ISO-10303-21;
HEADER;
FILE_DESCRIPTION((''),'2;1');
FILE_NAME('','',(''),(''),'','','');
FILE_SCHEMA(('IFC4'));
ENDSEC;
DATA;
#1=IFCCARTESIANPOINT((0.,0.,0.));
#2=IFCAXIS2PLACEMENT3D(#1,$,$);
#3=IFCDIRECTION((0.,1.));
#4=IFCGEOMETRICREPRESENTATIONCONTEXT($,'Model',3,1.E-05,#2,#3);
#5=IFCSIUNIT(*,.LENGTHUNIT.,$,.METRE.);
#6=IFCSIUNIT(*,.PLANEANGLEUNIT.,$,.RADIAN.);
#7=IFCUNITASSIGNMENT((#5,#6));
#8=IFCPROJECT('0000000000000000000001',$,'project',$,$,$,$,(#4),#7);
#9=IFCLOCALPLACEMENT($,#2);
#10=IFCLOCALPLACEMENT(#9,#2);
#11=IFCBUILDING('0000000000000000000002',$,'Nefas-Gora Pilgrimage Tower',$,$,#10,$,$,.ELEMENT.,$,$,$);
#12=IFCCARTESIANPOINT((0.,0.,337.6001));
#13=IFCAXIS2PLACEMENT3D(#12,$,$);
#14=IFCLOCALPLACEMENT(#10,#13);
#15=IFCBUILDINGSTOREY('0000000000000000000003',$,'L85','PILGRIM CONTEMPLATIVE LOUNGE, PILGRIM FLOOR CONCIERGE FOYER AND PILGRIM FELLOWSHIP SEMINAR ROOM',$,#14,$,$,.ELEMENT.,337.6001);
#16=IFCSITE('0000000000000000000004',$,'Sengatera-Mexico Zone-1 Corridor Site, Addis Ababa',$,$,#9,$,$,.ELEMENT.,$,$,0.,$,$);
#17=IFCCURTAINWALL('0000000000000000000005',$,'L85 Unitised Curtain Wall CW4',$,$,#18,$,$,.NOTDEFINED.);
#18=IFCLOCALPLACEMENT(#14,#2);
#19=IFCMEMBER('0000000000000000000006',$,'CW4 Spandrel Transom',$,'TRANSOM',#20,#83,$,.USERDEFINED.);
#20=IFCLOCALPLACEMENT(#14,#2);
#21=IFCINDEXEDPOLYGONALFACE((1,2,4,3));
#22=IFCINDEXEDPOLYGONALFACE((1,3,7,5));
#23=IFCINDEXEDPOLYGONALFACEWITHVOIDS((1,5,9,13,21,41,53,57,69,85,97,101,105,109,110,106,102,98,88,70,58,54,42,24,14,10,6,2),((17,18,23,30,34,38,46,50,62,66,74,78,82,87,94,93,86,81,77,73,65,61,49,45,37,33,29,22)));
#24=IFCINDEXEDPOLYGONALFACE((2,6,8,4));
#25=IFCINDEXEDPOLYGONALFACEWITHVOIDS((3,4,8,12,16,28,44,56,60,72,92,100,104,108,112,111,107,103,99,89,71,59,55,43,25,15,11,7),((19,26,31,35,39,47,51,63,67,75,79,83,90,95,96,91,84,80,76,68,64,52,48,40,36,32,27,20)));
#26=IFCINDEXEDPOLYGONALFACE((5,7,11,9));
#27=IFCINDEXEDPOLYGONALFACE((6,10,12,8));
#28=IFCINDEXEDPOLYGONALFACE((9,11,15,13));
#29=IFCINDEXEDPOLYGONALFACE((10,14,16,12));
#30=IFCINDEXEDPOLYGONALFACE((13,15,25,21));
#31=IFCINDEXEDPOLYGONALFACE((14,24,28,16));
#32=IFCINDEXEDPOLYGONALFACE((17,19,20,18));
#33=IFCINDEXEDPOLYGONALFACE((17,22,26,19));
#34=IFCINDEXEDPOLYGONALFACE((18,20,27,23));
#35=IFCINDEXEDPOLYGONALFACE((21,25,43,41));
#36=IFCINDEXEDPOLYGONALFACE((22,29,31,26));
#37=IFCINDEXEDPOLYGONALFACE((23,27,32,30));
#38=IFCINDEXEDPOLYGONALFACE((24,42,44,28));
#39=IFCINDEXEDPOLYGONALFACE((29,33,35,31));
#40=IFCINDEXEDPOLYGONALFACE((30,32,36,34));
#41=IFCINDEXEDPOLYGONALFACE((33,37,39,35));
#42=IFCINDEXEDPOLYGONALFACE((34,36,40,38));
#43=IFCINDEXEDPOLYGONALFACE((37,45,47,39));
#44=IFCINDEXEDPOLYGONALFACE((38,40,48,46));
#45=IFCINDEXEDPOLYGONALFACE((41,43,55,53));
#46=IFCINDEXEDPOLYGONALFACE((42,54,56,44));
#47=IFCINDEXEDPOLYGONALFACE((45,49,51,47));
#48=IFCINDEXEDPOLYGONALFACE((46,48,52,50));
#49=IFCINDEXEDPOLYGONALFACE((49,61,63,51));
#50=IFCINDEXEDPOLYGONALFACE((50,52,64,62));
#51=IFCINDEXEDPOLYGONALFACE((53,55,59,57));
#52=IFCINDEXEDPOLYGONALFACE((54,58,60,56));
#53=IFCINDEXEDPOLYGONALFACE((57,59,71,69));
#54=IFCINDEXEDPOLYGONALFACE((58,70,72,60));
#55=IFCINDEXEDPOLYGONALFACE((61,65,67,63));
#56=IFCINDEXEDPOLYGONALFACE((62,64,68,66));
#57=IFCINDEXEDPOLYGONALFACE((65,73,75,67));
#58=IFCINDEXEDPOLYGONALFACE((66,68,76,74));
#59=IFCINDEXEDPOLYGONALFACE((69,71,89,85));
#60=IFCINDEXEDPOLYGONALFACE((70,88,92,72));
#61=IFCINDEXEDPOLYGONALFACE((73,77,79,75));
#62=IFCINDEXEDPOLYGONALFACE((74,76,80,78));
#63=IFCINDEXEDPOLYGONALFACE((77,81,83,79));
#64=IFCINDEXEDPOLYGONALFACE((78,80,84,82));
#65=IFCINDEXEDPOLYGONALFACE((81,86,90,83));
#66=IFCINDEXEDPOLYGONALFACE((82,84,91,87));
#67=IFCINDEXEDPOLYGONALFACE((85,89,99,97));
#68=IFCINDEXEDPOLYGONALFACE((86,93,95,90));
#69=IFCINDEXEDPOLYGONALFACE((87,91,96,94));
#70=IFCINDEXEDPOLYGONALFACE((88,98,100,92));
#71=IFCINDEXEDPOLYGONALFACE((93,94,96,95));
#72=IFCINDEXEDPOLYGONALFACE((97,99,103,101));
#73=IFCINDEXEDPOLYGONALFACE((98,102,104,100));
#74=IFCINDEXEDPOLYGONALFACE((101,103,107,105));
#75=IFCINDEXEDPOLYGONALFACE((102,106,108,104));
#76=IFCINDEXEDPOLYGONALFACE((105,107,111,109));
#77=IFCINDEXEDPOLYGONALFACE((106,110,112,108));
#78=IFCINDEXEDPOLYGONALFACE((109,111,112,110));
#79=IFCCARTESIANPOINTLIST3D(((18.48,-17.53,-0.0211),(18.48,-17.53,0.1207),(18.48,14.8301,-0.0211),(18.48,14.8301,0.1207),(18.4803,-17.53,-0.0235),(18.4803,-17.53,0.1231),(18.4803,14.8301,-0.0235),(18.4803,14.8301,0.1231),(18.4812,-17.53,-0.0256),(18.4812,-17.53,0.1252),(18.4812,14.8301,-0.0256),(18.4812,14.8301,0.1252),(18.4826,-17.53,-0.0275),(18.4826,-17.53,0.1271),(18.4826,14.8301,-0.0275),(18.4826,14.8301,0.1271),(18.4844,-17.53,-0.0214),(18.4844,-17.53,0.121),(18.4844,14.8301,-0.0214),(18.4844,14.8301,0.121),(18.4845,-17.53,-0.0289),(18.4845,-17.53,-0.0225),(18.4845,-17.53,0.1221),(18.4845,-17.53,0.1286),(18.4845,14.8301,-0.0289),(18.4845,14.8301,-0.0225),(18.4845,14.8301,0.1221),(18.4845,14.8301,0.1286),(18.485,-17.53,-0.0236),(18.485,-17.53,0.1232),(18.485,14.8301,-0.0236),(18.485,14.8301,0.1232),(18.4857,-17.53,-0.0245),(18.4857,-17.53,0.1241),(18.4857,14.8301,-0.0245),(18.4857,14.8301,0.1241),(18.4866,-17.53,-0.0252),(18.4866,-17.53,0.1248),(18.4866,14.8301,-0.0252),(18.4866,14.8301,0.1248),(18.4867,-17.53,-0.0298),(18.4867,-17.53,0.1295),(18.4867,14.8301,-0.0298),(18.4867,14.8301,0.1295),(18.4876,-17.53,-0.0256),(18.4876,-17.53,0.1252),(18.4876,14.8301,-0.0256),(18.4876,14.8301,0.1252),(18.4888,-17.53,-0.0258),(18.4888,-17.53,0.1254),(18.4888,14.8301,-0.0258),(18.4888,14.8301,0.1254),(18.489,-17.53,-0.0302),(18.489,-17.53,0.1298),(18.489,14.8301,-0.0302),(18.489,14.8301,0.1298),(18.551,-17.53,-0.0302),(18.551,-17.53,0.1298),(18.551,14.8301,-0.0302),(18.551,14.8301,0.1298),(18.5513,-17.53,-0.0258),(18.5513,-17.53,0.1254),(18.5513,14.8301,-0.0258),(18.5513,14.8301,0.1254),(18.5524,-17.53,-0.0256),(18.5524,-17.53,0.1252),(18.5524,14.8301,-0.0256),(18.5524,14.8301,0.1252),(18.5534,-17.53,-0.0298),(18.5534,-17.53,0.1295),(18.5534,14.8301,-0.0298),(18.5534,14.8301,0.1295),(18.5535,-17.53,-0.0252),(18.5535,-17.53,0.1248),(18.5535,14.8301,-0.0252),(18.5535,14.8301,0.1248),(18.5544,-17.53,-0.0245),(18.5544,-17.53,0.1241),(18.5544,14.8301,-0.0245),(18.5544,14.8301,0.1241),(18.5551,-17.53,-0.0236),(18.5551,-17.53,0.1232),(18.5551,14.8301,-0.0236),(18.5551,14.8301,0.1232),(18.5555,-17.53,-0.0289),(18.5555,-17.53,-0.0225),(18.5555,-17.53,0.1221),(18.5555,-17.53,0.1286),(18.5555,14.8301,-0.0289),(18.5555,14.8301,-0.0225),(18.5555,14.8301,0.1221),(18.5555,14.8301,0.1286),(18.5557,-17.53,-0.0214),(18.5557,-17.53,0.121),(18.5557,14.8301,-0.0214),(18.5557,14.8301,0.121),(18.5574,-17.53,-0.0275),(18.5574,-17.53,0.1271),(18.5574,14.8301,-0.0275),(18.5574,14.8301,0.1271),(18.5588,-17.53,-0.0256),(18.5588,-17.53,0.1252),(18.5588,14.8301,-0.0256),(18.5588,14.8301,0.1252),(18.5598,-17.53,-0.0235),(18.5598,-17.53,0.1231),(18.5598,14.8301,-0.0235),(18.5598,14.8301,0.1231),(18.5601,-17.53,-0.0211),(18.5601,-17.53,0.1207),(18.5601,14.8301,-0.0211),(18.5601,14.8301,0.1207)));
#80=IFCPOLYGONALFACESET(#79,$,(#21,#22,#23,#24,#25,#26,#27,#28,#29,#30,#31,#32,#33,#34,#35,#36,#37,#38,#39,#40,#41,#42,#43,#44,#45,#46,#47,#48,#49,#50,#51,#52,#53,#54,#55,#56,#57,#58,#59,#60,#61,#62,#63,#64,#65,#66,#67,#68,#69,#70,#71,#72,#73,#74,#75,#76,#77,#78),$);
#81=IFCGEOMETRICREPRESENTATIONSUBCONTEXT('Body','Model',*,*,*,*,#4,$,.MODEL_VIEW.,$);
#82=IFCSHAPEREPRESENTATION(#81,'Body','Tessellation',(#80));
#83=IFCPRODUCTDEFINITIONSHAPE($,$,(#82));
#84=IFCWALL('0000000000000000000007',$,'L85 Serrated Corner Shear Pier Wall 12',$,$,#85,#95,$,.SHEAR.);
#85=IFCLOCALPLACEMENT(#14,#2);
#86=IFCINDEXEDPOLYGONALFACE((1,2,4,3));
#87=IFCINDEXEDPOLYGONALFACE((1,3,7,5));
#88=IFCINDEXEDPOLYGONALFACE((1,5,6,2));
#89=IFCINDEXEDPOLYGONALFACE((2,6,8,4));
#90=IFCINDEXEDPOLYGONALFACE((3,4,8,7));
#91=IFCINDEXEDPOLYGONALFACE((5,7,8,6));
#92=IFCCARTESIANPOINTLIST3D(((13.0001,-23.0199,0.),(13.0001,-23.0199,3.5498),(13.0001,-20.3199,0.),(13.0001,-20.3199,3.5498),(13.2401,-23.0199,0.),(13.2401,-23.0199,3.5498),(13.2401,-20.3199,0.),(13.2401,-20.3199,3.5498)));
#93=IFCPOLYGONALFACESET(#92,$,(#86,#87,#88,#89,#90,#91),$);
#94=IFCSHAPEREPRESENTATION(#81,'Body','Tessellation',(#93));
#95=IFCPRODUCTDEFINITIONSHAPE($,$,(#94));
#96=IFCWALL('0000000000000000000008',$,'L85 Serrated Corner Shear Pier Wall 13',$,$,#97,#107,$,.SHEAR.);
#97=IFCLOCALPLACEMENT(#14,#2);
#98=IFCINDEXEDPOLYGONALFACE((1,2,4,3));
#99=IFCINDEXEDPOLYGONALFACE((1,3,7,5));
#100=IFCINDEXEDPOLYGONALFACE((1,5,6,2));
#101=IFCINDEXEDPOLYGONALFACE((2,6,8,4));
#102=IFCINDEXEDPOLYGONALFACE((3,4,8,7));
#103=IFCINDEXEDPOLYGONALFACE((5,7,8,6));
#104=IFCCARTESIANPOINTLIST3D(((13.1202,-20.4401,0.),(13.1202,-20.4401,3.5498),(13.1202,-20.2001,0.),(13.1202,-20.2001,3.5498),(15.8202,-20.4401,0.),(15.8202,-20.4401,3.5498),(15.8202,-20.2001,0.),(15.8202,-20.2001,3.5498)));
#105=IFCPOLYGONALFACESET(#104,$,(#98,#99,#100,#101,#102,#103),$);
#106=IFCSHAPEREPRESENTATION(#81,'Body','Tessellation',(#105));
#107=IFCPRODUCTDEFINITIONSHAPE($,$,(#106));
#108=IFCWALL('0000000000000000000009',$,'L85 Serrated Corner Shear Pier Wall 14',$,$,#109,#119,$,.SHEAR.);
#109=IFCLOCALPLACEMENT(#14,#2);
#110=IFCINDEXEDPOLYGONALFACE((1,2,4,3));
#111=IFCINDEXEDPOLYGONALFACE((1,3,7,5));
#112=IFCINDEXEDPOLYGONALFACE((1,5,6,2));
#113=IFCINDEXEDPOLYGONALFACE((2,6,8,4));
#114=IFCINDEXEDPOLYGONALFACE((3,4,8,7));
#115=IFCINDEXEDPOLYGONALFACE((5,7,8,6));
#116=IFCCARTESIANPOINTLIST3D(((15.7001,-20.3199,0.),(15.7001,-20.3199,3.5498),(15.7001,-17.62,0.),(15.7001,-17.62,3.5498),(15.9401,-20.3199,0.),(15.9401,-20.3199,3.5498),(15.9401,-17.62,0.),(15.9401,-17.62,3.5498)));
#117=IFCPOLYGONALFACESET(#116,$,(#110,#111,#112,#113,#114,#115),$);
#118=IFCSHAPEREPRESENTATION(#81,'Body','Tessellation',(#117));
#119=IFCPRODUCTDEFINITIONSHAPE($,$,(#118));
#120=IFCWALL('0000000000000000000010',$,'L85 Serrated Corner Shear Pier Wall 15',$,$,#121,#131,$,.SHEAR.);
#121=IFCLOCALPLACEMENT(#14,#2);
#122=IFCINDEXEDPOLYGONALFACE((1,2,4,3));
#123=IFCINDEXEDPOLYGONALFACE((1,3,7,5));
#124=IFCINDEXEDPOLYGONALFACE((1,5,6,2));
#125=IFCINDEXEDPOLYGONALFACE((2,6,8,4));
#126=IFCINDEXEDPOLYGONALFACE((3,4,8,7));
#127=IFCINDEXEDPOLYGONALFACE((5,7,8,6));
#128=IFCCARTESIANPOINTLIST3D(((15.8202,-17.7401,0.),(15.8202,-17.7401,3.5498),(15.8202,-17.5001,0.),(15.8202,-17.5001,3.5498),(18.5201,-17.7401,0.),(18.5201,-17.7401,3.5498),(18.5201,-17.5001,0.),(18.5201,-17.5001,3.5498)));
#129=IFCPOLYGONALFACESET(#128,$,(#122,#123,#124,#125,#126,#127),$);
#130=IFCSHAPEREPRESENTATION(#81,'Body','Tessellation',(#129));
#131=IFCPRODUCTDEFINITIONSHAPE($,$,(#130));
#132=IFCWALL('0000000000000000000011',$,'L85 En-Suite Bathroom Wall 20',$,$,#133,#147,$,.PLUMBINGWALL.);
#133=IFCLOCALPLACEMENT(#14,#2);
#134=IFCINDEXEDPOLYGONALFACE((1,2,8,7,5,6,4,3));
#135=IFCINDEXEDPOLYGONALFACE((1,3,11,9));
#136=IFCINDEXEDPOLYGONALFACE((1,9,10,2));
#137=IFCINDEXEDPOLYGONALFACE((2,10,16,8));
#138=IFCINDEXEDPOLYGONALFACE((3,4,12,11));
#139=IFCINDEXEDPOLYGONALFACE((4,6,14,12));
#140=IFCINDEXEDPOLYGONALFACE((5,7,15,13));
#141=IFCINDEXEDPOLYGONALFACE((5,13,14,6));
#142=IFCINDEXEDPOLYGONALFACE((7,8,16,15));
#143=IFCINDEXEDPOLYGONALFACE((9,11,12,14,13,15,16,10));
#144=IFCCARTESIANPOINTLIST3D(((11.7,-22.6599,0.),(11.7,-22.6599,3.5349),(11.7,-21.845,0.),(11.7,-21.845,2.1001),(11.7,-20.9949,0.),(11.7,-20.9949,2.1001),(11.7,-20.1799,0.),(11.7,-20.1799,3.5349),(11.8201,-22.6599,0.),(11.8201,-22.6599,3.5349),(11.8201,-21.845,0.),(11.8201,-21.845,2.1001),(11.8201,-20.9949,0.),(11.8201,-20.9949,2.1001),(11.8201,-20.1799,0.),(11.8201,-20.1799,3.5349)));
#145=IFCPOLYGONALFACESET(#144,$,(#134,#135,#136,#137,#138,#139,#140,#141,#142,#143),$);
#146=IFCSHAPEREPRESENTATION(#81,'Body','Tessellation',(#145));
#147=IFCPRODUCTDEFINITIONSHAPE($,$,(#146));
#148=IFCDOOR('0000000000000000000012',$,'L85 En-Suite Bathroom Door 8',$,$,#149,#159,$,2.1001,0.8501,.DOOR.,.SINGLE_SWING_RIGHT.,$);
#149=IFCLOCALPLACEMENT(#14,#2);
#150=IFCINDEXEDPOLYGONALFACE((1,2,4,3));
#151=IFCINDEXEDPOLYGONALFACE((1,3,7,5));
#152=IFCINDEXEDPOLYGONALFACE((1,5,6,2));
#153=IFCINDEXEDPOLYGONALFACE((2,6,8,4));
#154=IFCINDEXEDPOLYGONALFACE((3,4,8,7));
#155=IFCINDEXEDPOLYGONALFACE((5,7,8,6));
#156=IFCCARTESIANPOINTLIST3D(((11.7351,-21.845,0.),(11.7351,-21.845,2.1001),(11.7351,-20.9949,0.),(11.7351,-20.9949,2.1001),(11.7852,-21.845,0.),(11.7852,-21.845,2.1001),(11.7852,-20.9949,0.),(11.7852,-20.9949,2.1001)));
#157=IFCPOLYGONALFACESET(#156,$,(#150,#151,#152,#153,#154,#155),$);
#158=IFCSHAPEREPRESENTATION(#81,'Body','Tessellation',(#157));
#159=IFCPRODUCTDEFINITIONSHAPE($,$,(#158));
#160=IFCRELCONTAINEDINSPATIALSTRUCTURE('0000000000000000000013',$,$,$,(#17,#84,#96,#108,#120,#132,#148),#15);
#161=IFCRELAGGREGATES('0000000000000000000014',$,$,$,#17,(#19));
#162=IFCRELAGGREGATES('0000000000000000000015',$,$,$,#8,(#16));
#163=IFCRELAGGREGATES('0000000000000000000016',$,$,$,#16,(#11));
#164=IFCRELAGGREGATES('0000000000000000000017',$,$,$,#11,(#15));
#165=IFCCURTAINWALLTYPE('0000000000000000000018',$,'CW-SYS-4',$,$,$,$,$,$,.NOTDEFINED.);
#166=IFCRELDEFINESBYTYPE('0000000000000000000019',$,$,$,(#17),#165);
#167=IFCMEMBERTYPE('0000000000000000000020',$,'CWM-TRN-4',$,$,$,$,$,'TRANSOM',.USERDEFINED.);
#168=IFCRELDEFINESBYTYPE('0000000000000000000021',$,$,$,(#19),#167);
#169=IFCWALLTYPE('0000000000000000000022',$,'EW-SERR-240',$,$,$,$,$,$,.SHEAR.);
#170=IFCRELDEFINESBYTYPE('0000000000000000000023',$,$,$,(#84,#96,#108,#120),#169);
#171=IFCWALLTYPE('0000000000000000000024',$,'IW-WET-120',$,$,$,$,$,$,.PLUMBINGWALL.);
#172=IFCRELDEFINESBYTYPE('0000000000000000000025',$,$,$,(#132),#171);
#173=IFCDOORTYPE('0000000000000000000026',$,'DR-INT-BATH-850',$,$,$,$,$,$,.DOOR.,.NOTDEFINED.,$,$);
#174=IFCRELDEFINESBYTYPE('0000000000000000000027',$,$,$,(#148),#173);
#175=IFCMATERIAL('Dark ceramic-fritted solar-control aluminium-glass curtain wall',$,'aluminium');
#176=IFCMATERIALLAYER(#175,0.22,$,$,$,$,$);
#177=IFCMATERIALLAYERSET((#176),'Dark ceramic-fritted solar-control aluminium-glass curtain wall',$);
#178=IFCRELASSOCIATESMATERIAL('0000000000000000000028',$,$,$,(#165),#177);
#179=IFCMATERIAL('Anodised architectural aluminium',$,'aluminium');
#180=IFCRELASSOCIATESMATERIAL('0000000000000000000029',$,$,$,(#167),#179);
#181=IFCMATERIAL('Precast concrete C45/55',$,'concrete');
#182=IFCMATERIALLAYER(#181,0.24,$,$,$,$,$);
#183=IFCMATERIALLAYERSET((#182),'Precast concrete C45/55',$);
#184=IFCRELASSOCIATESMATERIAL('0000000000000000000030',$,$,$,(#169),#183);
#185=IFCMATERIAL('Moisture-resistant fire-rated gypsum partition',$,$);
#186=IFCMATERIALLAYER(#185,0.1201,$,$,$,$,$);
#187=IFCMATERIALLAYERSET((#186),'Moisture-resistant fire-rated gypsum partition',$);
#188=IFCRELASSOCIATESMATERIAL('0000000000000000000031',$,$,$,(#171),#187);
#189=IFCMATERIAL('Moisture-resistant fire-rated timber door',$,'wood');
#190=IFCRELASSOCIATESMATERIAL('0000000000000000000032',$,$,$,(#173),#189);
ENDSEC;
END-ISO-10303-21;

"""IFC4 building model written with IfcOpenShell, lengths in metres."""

from ifc_helpers import new_model, si_unit, direction, frame, frame_2d, origin, origin_2d, place, context, subcontext, project, spatial, rectangle, hollow_rectangle, extrude, source, transform, mapped, material, layer, layer_set, material_profile, profile_set, type_object, element, fill, aggregate, save


model = new_model("IFC4")

# Units and contexts
model_context = context("Model", 3, precision=1e-05, world=origin(), true_north=direction((0.0, 1.0)))
body_context = subcontext(model_context, "Body", "Model", "MODEL_VIEW")
ifc_project = project(units=[si_unit("LENGTHUNIT", "METRE"), si_unit("PLANEANGLEUNIT", "RADIAN")], contexts=[model_context])

# Site, building, storey
site_placement = place(None, origin())
site = spatial("IfcSite", under=ifc_project, at=site_placement, Name="Sengatera-Mexico Zone-1 Corridor Site, Addis Ababa", CompositionType="ELEMENT", RefElevation=0.0)
building_placement = place(site_placement, origin())
building = spatial("IfcBuilding", under=site, at=building_placement, Name="Nefas-Gora Pilgrimage Tower", CompositionType="ELEMENT")
storey_placement = place(building_placement, frame((0.0, 0.0, 337.6001)))
storey = spatial("IfcBuildingStorey", under=building, at=storey_placement, Name="L85", Description="PILGRIM CONTEMPLATIVE LOUNGE, PILGRIM FLOOR CONCIERGE FOYER AND PILGRIM FELLOWSHIP SEMINAR ROOM", CompositionType="ELEMENT", Elevation=337.6001)

# Curtain wall
ifc_material_1 = material(Name="Dark ceramic-fritted solar-control aluminium-glass curtain wall", Category="aluminium")
ifc_layer_1 = layer(ifc_material_1, 0.22)
ifc_layer_set_1 = layer_set([ifc_layer_1], Name="Dark ceramic-fritted solar-control aluminium-glass curtain wall")
curtain_wall_type = type_object("IfcCurtainWallType", Name="CW-SYS-4", PredefinedType="NOTDEFINED", material=ifc_layer_set_1)
curtain_wall_1_placement = place(storey_placement, origin())
curtain_wall_1 = element("IfcCurtainWall", 1, at=curtain_wall_1_placement, inside=storey, type_object=curtain_wall_type, Name="L85 Unitised Curtain Wall CW4", PredefinedType="NOTDEFINED")
ifc_material_2 = material(Name="Anodised architectural aluminium", Category="aluminium")

# Member
ifc_material_profile_1 = material_profile(ifc_material_2, hollow_rectangle(XDim=0.0801, YDim=0.1599, WallThickness=0.0044, InnerFilletRadius=0.0044, OuterFilletRadius=0.009, at=origin_2d()), Name="ALU TRANSOM 80x160")
ifc_profile_set_1 = profile_set([ifc_material_profile_1], Name="Anodised architectural aluminium")
member_type_1 = type_object("IfcMemberType", Name="CWM-TRN-4", ElementType="TRANSOM", PredefinedType="USERDEFINED", material=ifc_profile_set_1)
shared_shape_1 = source(origin(), body_context, "Body", "SweptSolid", [
    extrude(hollow_rectangle(XDim=0.0801, YDim=0.1599, WallThickness=0.0044, InnerFilletRadius=0.0044, OuterFilletRadius=0.009, at=origin_2d()), origin(), (0.0, 0.0, 1.0), 32.3601),
])
member_1_placement = place(storey_placement, frame((18.52, -17.53, 0.0498), z_axis=(0.0, 1.0, 0.0), x_axis=(-1.0, 0.0, 0.0)))
member_1 = element("IfcMember", 2, at=member_1_placement, type_object=member_type_1, Name="CW4 Spandrel Transom", ObjectType="TRANSOM", PredefinedType="USERDEFINED", context=body_context, shape_type="MappedRepresentation", body=[
    mapped(shared_shape_1, transform((0.0, 0.0, 0.0), x_axis=(1.0, 0.0, 0.0), y_axis=(0.0, 1.0, 0.0), z_axis=(0.0, 0.0, 1.0), scale=1.0)),
])
aggregate(curtain_wall_1, [member_1])

# Walls
ifc_material_3 = material(Name="Precast concrete C45/55", Category="concrete")
ifc_layer_2 = layer(ifc_material_3, 0.24)
ifc_layer_set_2 = layer_set([ifc_layer_2], Name="Precast concrete C45/55")
wall_type_1 = type_object("IfcWallType", Name="EW-SERR-240", PredefinedType="SHEAR", material=ifc_layer_set_2)
shared_shape_2 = source(origin(), body_context, "Body", "SweptSolid", [
    extrude(rectangle(XDim=2.7, YDim=0.24, at=frame_2d((1.3501, 0.0))), origin(), (0.0, 0.0, 1.0), 3.5498),
])
for number, where, z_axis, x_axis, name in (
    (3, (13.1201, -23.02, 0.0), (0.0, 0.0, 1.0), (0.0, 1.0, 0.0), "L85 Serrated Corner Shear Pier Wall 12"),
    (4, (13.1201, -20.3201, 0.0), (0.0, 0.0, 1.0), (1.0, 0.0, 0.0), "L85 Serrated Corner Shear Pier Wall 13"),
    (5, (15.8201, -20.3201, 0.0), (0.0, 0.0, 1.0), (0.0, 1.0, 0.0), "L85 Serrated Corner Shear Pier Wall 14"),
    (6, (15.8201, -17.6201, 0.0), (0.0, 0.0, 1.0), (1.0, 0.0, 0.0), "L85 Serrated Corner Shear Pier Wall 15"),
):
    element("IfcWall", number, at=place(storey_placement, frame(where, z_axis=z_axis, x_axis=x_axis)), inside=storey, type_object=wall_type_1, Name=name, PredefinedType="SHEAR", context=body_context, shape_type="MappedRepresentation", body=[
        mapped(shared_shape_2, transform((0.0, 0.0, 0.0), x_axis=(1.0, 0.0, 0.0), y_axis=(0.0, 1.0, 0.0), z_axis=(0.0, 0.0, 1.0), scale=1.0)),
    ])

# Wall, opening, door
ifc_material_4 = material(Name="Moisture-resistant fire-rated gypsum partition")
ifc_layer_3 = layer(ifc_material_4, 0.1201)
ifc_layer_set_3 = layer_set([ifc_layer_3], Name="Moisture-resistant fire-rated gypsum partition")
wall_type_2 = type_object("IfcWallType", Name="IW-WET-120", PredefinedType="PLUMBINGWALL", material=ifc_layer_set_3)
shared_shape_3 = source(origin(), body_context, "Body", "SweptSolid", [
    extrude(rectangle(XDim=2.48, YDim=0.1201, at=frame_2d((1.24, 0.0))), origin(), (0.0, 0.0, 1.0), 3.5349),
])
wall_1_placement = place(storey_placement, frame((11.76, -22.6599, 0.0), z_axis=(0.0, 0.0, 1.0), x_axis=(0.0, 1.0, 0.0)))
wall_1 = element("IfcWall", 7, at=wall_1_placement, inside=storey, type_object=wall_type_2, Name="L85 En-Suite Bathroom Wall 20", PredefinedType="PLUMBINGWALL", context=body_context, shape_type="MappedRepresentation", body=[
    mapped(shared_shape_3, transform((0.0, 0.0, 0.0), x_axis=(1.0, 0.0, 0.0), y_axis=(0.0, 1.0, 0.0), z_axis=(0.0, 0.0, 1.0), scale=1.0)),
])
opening_1_placement = place(wall_1_placement, frame((0.8149, 0.0, 0.0)))
opening_1 = element("IfcOpeningElement", 8, at=opening_1_placement, cuts=wall_1, PredefinedType="OPENING", context=body_context, shape_type="SweptSolid", body=[
    extrude(rectangle(XDim=0.8501, YDim=2.1001, at=frame_2d((0.425, 1.05))), frame((0.0, 0.0701, 0.0), z_axis=(0.0, -1.0, 0.0), x_axis=(1.0, 0.0, 0.0)), (0.0, 0.0, 1.0), 0.1401),
])
ifc_material_5 = material(Name="Moisture-resistant fire-rated timber door", Category="wood")
door_type_1 = type_object("IfcDoorType", Name="DR-INT-BATH-850", OperationType="NOTDEFINED", PredefinedType="DOOR", material=ifc_material_5)
shared_shape_4 = source(origin(), body_context, "Body", "SweptSolid", [
    extrude(rectangle(XDim=0.8501, YDim=2.1001, at=frame_2d((0.425, 1.05))), frame((0.0, 0.0249, 0.0), z_axis=(0.0, -1.0, 0.0), x_axis=(1.0, 0.0, 0.0)), (0.0, 0.0, 1.0), 0.05),
])
door_1_placement = place(opening_1_placement, origin())
door_1 = element("IfcDoor", 9, at=door_1_placement, inside=storey, type_object=door_type_1, Name="L85 En-Suite Bathroom Door 8", OperationType="SINGLE_SWING_RIGHT", OverallHeight=2.1001, OverallWidth=0.8501, PredefinedType="DOOR", context=body_context, shape_type="MappedRepresentation", body=[
    mapped(shared_shape_4, transform((0.0, 0.0, 0.0), x_axis=(1.0, 0.0, 0.0), y_axis=(0.0, 1.0, 0.0), z_axis=(0.0, 0.0, 1.0), scale=1.0)),
])
fill(opening_1, door_1)

save(model, "model.ifc")
